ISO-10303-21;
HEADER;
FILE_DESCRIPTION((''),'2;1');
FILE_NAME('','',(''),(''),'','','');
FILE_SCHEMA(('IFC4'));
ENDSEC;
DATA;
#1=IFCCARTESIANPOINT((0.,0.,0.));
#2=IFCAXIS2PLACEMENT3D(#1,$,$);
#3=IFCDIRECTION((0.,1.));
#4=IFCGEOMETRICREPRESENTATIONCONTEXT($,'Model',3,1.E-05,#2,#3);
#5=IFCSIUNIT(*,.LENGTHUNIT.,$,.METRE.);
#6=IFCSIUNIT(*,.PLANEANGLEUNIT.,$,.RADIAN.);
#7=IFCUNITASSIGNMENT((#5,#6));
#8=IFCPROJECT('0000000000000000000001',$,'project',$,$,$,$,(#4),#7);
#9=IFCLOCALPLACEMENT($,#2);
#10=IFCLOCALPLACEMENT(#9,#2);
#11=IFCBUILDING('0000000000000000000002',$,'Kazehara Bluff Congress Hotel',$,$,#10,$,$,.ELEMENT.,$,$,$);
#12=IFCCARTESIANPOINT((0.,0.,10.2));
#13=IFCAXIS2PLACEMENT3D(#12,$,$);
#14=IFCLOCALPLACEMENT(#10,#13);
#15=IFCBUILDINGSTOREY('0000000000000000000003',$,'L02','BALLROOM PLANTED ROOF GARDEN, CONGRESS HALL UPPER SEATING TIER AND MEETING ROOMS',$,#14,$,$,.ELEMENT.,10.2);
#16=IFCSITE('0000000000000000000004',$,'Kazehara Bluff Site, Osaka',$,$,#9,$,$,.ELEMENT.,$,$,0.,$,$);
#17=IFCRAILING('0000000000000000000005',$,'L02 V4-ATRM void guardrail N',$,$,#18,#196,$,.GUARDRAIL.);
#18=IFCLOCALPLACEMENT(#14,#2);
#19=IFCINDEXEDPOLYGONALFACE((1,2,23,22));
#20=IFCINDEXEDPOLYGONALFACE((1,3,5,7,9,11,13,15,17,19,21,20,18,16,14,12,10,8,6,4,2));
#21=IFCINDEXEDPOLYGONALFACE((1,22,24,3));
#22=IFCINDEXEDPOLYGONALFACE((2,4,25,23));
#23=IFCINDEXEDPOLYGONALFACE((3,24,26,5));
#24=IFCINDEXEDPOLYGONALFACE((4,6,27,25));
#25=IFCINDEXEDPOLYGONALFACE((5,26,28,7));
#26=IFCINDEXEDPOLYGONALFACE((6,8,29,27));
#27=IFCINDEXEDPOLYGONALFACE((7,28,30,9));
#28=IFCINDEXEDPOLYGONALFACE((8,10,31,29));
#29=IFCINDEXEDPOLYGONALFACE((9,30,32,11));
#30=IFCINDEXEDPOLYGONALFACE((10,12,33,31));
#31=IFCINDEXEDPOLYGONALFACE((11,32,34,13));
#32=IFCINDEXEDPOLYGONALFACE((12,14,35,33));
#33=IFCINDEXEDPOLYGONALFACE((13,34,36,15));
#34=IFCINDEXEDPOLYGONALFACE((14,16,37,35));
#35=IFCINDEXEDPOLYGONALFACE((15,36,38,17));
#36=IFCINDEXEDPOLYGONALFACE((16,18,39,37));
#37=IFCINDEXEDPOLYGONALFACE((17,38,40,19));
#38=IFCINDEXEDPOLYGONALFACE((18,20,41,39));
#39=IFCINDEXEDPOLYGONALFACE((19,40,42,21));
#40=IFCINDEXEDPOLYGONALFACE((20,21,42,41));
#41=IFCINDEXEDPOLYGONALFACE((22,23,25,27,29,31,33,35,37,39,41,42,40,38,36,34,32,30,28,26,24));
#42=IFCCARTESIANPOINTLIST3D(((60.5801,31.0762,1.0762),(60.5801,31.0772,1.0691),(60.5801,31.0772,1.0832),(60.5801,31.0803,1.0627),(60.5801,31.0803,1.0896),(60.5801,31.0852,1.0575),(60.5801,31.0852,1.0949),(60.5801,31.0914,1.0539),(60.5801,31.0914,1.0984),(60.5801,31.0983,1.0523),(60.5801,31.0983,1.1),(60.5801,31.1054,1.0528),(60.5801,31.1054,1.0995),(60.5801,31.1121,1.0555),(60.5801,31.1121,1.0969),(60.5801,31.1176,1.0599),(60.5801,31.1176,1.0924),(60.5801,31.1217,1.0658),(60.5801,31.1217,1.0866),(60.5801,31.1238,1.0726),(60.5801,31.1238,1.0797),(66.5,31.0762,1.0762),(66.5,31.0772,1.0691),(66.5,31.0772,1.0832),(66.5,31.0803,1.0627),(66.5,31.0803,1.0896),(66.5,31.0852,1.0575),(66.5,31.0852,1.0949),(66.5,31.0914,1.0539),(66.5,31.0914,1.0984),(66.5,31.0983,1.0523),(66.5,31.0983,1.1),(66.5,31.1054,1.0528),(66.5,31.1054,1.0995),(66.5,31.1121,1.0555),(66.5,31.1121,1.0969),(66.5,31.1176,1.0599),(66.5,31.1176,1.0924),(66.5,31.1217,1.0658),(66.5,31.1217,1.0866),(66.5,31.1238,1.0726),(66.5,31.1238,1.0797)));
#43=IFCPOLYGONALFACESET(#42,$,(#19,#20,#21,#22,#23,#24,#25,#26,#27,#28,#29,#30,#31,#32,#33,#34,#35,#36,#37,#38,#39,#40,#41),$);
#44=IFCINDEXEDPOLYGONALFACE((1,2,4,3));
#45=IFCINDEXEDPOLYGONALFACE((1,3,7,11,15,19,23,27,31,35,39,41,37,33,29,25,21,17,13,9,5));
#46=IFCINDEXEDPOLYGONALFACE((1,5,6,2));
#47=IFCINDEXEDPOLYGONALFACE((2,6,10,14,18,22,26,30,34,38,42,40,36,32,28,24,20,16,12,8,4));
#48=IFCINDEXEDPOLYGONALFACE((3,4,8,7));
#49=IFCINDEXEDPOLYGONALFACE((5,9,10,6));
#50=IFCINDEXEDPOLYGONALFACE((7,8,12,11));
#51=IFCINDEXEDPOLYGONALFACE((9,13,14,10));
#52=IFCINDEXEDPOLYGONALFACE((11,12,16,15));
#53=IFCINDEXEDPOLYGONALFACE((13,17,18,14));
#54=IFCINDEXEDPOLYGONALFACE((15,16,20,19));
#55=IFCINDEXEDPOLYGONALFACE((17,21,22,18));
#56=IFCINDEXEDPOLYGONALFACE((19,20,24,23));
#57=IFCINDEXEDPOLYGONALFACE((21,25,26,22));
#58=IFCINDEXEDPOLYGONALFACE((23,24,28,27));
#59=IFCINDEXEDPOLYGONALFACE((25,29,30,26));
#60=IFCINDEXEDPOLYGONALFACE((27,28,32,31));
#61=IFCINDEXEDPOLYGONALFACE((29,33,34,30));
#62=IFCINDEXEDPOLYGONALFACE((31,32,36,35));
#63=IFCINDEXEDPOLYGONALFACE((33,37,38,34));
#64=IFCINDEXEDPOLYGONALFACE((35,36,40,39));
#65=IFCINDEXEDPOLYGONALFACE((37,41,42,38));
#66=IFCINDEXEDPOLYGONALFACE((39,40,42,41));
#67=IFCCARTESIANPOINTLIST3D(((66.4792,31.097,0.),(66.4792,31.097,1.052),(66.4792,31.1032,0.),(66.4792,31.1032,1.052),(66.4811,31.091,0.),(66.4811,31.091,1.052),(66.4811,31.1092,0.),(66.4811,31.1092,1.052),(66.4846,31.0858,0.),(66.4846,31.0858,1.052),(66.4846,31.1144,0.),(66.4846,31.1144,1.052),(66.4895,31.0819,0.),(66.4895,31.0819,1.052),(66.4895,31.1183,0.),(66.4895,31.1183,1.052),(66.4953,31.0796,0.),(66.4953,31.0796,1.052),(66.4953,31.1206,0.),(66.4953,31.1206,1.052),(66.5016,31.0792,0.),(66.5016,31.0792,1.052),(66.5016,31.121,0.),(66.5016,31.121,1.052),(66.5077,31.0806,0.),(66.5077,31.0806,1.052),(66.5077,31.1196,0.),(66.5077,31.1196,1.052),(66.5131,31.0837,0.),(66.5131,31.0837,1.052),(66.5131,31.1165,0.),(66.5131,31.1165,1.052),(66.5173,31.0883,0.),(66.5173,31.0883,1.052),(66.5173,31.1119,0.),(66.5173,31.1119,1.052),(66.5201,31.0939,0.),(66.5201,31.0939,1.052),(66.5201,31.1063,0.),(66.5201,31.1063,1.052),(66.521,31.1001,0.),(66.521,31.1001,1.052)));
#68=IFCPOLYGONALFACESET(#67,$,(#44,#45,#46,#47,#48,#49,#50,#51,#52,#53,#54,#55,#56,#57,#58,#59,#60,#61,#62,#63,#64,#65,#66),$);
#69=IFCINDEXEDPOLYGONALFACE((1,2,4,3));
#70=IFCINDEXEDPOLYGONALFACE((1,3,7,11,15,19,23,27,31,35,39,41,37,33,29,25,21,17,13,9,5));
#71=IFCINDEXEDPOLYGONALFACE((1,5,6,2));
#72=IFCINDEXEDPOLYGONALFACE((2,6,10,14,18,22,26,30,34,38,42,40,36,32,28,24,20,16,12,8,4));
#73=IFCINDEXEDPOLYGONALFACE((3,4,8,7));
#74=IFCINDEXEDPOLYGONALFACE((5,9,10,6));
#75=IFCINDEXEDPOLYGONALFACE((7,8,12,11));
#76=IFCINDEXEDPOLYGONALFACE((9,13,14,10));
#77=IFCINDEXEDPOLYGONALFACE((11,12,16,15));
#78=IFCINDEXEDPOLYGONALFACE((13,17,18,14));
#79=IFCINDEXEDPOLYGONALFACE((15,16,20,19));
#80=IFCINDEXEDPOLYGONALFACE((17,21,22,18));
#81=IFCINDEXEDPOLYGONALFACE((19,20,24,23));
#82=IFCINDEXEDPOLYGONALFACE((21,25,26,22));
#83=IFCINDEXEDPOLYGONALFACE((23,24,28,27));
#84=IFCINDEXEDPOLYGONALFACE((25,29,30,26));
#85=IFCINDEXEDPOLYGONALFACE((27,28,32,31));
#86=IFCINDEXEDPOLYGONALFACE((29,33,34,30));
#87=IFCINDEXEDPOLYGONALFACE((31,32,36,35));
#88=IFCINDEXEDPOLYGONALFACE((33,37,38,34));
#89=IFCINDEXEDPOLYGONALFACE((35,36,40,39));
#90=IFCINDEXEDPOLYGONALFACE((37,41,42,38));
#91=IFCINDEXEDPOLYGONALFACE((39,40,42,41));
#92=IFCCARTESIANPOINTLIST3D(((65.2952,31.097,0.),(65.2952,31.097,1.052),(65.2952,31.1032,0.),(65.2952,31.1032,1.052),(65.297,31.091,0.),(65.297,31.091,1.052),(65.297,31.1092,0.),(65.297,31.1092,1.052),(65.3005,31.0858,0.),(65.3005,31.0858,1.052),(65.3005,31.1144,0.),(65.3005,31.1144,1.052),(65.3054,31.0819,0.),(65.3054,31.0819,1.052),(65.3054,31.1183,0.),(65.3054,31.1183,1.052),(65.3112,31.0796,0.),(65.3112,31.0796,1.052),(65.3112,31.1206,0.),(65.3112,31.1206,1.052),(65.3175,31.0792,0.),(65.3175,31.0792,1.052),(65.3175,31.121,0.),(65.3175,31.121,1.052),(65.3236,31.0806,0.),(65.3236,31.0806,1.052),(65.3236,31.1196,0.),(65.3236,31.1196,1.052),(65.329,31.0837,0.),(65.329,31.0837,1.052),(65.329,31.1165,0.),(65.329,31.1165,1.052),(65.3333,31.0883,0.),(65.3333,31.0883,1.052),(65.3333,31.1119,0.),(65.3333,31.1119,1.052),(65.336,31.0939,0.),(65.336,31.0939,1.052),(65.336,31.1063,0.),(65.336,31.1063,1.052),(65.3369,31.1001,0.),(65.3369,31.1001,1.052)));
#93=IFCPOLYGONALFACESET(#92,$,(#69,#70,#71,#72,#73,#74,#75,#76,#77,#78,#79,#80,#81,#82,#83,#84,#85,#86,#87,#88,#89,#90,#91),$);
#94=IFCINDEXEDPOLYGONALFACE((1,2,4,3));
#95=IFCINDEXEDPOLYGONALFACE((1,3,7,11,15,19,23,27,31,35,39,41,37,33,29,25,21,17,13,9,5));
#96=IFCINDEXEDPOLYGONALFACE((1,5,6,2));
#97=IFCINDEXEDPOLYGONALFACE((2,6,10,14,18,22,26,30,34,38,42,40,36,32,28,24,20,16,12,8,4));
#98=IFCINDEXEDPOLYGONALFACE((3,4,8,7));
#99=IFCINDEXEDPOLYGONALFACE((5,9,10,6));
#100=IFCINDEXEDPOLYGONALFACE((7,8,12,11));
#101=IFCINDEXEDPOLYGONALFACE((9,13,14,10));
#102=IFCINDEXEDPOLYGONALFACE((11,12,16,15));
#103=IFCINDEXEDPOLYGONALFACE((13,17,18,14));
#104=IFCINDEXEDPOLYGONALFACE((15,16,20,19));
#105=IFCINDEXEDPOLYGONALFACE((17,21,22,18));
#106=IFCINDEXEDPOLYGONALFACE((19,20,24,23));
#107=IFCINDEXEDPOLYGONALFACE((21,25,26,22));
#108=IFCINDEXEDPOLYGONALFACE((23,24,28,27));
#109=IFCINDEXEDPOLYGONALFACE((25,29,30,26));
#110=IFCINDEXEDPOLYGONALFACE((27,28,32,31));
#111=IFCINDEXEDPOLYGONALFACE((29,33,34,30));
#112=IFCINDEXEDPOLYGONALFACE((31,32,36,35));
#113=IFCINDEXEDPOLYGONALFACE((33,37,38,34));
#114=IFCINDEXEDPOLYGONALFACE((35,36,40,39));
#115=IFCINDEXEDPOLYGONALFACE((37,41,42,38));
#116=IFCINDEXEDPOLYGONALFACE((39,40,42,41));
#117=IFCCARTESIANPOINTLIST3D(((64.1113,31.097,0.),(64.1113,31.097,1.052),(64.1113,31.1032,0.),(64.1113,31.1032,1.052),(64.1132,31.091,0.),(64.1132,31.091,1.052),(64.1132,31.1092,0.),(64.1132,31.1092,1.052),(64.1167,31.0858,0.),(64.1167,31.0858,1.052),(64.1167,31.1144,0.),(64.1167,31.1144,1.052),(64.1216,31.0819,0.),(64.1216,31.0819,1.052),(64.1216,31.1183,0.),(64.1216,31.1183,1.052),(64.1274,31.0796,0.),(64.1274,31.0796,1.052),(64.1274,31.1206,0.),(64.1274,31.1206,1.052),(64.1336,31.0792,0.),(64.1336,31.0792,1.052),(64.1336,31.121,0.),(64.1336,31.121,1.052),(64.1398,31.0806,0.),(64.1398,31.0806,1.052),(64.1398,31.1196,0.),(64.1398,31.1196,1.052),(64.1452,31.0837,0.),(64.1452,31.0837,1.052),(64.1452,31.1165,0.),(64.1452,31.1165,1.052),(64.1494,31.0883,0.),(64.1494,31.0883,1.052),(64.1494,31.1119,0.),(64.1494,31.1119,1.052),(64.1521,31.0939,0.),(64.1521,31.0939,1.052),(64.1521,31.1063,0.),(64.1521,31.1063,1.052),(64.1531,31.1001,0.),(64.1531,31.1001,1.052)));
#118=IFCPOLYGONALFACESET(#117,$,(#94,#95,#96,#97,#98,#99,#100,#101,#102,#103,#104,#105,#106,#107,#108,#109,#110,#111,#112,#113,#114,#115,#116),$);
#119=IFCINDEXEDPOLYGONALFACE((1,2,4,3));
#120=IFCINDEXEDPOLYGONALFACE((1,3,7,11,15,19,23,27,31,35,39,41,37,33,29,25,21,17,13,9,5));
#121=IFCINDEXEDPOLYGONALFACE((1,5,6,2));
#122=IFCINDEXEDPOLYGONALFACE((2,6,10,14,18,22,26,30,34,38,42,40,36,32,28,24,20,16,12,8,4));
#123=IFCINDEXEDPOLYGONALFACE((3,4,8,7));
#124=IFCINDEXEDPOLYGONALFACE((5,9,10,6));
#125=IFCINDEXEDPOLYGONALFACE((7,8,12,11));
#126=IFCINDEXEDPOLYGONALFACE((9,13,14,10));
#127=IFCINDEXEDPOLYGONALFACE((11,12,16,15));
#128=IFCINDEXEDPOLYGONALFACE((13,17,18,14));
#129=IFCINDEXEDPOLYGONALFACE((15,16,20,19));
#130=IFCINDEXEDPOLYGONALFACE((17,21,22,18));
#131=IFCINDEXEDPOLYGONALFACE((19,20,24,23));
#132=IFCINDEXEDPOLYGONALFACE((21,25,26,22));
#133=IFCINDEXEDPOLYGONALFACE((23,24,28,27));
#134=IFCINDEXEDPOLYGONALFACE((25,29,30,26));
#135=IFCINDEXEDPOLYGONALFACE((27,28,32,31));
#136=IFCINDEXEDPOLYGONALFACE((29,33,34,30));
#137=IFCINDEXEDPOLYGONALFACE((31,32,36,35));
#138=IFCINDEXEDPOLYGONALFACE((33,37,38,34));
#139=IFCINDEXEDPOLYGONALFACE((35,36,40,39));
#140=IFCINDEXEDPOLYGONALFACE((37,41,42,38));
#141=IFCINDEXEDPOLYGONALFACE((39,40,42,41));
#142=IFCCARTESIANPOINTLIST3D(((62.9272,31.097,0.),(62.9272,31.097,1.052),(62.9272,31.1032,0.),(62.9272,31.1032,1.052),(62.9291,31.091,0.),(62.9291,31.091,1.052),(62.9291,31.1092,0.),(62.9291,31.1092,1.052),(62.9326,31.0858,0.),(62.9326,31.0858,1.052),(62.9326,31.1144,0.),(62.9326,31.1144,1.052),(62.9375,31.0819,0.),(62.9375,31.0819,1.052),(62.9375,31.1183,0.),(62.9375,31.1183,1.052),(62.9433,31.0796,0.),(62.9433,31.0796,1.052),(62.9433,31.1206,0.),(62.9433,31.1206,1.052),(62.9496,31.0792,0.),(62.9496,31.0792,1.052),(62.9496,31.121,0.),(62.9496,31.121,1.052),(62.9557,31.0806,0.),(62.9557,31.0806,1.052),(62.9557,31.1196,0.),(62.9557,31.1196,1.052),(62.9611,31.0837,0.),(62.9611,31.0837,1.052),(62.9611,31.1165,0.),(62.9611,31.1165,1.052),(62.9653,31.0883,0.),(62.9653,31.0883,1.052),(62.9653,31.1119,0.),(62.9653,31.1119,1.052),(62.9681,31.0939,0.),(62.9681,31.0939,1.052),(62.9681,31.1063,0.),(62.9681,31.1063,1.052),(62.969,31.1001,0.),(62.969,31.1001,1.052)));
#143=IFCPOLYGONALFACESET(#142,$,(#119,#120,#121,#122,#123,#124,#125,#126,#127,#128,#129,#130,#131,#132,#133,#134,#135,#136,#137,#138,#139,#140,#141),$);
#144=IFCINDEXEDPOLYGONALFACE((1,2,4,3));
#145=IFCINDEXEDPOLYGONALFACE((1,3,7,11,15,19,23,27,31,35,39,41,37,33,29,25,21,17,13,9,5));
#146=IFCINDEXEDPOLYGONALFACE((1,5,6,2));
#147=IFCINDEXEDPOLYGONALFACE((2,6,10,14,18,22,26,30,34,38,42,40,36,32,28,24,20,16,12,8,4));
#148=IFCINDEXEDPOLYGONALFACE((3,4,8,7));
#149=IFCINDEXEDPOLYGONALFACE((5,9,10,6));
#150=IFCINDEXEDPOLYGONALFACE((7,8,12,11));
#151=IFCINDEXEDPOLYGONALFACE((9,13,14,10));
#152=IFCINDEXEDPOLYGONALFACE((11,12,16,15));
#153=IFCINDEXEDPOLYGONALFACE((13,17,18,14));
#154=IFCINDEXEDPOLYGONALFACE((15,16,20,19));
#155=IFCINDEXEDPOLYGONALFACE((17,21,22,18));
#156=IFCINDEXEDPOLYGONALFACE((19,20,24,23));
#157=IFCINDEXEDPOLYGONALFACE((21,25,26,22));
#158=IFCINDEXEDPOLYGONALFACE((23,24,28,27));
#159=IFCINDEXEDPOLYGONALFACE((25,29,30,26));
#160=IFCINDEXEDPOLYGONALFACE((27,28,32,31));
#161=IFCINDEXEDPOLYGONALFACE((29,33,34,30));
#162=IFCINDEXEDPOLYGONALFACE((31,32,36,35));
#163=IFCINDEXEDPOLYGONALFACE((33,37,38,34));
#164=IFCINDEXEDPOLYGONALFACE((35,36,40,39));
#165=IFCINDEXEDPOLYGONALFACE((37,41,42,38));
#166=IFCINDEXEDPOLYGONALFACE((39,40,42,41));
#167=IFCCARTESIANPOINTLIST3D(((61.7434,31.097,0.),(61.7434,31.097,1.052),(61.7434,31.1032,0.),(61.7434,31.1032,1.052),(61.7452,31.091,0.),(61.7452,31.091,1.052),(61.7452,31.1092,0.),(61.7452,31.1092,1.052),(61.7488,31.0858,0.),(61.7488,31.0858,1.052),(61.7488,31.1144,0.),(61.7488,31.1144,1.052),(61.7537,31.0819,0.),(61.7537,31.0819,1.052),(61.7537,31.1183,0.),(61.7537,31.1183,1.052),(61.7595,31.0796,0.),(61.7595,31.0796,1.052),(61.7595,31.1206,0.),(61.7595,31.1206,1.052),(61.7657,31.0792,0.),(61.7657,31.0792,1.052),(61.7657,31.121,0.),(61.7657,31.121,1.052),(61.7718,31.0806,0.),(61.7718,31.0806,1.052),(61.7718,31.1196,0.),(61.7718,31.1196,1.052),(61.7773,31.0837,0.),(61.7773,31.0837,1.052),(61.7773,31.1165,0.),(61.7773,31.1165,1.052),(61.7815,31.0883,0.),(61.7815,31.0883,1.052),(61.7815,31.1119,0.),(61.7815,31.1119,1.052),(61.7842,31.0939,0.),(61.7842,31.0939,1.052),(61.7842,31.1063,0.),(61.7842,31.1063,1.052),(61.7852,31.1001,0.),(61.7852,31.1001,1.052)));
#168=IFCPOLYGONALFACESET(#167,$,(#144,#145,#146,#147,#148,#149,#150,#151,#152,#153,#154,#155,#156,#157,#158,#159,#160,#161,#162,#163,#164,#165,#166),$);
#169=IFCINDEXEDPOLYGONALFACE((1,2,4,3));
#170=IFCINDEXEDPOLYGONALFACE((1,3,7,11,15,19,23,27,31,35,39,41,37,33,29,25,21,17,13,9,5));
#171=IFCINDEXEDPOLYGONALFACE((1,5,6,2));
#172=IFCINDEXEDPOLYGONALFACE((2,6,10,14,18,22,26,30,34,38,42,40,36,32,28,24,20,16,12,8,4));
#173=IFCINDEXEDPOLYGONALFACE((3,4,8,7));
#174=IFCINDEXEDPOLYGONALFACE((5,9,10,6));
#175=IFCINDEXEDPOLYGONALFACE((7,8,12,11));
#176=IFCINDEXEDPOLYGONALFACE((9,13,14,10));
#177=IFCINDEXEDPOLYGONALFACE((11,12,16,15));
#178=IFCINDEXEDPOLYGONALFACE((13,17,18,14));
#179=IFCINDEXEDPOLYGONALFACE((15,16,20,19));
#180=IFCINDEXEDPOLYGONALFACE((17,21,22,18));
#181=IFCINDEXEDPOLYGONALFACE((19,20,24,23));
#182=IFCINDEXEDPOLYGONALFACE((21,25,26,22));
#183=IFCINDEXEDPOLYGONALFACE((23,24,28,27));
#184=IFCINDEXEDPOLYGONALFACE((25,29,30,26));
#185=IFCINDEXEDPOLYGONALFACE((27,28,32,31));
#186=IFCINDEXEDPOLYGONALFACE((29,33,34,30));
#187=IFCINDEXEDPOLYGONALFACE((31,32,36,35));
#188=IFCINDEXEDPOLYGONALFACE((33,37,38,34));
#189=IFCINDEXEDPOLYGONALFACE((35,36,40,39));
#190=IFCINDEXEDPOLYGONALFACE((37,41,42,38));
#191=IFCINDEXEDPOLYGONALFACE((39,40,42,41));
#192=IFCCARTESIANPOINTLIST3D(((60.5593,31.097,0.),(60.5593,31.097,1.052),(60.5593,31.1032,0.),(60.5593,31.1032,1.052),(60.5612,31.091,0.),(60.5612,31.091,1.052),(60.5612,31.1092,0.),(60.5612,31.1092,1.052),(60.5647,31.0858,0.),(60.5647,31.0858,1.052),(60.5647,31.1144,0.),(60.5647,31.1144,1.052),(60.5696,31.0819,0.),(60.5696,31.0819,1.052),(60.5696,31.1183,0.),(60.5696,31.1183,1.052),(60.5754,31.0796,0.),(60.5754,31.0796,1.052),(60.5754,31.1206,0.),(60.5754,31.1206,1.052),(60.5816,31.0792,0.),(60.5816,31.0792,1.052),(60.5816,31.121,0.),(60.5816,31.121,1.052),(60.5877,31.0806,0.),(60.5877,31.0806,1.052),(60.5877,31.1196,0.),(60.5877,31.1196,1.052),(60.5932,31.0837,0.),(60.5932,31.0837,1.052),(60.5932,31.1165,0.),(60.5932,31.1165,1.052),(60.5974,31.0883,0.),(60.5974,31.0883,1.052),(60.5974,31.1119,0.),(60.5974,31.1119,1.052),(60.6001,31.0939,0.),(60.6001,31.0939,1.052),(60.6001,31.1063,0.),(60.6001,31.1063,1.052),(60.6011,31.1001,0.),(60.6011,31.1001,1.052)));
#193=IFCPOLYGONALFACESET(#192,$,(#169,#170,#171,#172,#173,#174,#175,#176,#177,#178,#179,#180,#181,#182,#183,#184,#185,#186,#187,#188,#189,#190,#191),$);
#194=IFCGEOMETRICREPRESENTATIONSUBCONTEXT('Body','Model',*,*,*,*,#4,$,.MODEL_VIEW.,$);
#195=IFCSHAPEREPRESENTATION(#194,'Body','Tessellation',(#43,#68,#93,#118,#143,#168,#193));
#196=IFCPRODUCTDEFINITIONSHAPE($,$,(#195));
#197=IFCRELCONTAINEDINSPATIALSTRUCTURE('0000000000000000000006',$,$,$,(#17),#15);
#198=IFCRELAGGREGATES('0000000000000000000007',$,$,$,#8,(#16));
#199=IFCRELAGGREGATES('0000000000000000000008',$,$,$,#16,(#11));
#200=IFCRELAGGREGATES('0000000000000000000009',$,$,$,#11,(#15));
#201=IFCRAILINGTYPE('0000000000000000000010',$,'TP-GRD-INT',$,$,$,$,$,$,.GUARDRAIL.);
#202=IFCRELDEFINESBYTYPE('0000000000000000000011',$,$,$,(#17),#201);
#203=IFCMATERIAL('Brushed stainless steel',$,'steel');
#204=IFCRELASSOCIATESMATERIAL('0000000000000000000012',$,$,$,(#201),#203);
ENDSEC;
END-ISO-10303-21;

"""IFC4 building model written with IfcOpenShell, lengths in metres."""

from ifc_helpers import new_model, si_unit, direction, frame, origin, origin_2d, place, context, subcontext, project, spatial, circle, extrude, material, type_object, element, save


model = new_model("IFC4")

# Units and contexts
model_context = context("Model", 3, precision=1e-05, world=origin(), true_north=direction((0.0, 1.0)))
body_context = subcontext(model_context, "Body", "Model", "MODEL_VIEW")
ifc_project = project(units=[si_unit("LENGTHUNIT", "METRE"), si_unit("PLANEANGLEUNIT", "RADIAN")], contexts=[model_context])

# Site, building, storey
site_placement = place(None, origin())
site = spatial("IfcSite", under=ifc_project, at=site_placement, Name="Kazehara Bluff Site, Osaka", CompositionType="ELEMENT", RefElevation=0.0)
building_placement = place(site_placement, origin())
building = spatial("IfcBuilding", under=site, at=building_placement, Name="Kazehara Bluff Congress Hotel", CompositionType="ELEMENT")
storey_placement = place(building_placement, frame((0.0, 0.0, 10.2)))
storey = spatial("IfcBuildingStorey", under=building, at=storey_placement, Name="L02", Description="BALLROOM PLANTED ROOF GARDEN, CONGRESS HALL UPPER SEATING TIER AND MEETING ROOMS", CompositionType="ELEMENT", Elevation=10.2)

# Railing
ifc_material_1 = material(Name="Brushed stainless steel", Category="steel")
railing_type_1 = type_object("IfcRailingType", Name="TP-GRD-INT", PredefinedType="GUARDRAIL", material=ifc_material_1)
railing_1_placement = place(storey_placement, frame((66.5, 31.1001, 0.0)))
element("IfcRailing", 1, at=railing_1_placement, inside=storey, type_object=railing_type_1, Name="L02 V4-ATRM void guardrail N", PredefinedType="GUARDRAIL", context=body_context, shape_type="SweptSolid", body=[
    extrude(circle(Radius=0.0239, at=origin_2d()), frame((0.0, 0.0, 1.0762), z_axis=(-1.0, 0.0, 0.0), x_axis=(0.0, -1.0, 0.0)), (0.0, 0.0, 1.0), 5.9199),
    extrude(circle(Radius=0.021, at=origin_2d()), origin(), (0.0, 0.0, 1.0), 1.052),
    extrude(circle(Radius=0.021, at=origin_2d()), frame((-1.1841, 0.0, 0.0)), (0.0, 0.0, 1.0), 1.052),
    extrude(circle(Radius=0.021, at=origin_2d()), frame((-2.3679, 0.0, 0.0)), (0.0, 0.0, 1.0), 1.052),
    extrude(circle(Radius=0.021, at=origin_2d()), frame((-3.552, 0.0, 0.0)), (0.0, 0.0, 1.0), 1.052),
    extrude(circle(Radius=0.021, at=origin_2d()), frame((-4.7358, 0.0, 0.0)), (0.0, 0.0, 1.0), 1.052),
    extrude(circle(Radius=0.021, at=origin_2d()), frame((-5.9199, 0.0, 0.0)), (0.0, 0.0, 1.0), 1.052),
])

save(model, "model.ifc")
